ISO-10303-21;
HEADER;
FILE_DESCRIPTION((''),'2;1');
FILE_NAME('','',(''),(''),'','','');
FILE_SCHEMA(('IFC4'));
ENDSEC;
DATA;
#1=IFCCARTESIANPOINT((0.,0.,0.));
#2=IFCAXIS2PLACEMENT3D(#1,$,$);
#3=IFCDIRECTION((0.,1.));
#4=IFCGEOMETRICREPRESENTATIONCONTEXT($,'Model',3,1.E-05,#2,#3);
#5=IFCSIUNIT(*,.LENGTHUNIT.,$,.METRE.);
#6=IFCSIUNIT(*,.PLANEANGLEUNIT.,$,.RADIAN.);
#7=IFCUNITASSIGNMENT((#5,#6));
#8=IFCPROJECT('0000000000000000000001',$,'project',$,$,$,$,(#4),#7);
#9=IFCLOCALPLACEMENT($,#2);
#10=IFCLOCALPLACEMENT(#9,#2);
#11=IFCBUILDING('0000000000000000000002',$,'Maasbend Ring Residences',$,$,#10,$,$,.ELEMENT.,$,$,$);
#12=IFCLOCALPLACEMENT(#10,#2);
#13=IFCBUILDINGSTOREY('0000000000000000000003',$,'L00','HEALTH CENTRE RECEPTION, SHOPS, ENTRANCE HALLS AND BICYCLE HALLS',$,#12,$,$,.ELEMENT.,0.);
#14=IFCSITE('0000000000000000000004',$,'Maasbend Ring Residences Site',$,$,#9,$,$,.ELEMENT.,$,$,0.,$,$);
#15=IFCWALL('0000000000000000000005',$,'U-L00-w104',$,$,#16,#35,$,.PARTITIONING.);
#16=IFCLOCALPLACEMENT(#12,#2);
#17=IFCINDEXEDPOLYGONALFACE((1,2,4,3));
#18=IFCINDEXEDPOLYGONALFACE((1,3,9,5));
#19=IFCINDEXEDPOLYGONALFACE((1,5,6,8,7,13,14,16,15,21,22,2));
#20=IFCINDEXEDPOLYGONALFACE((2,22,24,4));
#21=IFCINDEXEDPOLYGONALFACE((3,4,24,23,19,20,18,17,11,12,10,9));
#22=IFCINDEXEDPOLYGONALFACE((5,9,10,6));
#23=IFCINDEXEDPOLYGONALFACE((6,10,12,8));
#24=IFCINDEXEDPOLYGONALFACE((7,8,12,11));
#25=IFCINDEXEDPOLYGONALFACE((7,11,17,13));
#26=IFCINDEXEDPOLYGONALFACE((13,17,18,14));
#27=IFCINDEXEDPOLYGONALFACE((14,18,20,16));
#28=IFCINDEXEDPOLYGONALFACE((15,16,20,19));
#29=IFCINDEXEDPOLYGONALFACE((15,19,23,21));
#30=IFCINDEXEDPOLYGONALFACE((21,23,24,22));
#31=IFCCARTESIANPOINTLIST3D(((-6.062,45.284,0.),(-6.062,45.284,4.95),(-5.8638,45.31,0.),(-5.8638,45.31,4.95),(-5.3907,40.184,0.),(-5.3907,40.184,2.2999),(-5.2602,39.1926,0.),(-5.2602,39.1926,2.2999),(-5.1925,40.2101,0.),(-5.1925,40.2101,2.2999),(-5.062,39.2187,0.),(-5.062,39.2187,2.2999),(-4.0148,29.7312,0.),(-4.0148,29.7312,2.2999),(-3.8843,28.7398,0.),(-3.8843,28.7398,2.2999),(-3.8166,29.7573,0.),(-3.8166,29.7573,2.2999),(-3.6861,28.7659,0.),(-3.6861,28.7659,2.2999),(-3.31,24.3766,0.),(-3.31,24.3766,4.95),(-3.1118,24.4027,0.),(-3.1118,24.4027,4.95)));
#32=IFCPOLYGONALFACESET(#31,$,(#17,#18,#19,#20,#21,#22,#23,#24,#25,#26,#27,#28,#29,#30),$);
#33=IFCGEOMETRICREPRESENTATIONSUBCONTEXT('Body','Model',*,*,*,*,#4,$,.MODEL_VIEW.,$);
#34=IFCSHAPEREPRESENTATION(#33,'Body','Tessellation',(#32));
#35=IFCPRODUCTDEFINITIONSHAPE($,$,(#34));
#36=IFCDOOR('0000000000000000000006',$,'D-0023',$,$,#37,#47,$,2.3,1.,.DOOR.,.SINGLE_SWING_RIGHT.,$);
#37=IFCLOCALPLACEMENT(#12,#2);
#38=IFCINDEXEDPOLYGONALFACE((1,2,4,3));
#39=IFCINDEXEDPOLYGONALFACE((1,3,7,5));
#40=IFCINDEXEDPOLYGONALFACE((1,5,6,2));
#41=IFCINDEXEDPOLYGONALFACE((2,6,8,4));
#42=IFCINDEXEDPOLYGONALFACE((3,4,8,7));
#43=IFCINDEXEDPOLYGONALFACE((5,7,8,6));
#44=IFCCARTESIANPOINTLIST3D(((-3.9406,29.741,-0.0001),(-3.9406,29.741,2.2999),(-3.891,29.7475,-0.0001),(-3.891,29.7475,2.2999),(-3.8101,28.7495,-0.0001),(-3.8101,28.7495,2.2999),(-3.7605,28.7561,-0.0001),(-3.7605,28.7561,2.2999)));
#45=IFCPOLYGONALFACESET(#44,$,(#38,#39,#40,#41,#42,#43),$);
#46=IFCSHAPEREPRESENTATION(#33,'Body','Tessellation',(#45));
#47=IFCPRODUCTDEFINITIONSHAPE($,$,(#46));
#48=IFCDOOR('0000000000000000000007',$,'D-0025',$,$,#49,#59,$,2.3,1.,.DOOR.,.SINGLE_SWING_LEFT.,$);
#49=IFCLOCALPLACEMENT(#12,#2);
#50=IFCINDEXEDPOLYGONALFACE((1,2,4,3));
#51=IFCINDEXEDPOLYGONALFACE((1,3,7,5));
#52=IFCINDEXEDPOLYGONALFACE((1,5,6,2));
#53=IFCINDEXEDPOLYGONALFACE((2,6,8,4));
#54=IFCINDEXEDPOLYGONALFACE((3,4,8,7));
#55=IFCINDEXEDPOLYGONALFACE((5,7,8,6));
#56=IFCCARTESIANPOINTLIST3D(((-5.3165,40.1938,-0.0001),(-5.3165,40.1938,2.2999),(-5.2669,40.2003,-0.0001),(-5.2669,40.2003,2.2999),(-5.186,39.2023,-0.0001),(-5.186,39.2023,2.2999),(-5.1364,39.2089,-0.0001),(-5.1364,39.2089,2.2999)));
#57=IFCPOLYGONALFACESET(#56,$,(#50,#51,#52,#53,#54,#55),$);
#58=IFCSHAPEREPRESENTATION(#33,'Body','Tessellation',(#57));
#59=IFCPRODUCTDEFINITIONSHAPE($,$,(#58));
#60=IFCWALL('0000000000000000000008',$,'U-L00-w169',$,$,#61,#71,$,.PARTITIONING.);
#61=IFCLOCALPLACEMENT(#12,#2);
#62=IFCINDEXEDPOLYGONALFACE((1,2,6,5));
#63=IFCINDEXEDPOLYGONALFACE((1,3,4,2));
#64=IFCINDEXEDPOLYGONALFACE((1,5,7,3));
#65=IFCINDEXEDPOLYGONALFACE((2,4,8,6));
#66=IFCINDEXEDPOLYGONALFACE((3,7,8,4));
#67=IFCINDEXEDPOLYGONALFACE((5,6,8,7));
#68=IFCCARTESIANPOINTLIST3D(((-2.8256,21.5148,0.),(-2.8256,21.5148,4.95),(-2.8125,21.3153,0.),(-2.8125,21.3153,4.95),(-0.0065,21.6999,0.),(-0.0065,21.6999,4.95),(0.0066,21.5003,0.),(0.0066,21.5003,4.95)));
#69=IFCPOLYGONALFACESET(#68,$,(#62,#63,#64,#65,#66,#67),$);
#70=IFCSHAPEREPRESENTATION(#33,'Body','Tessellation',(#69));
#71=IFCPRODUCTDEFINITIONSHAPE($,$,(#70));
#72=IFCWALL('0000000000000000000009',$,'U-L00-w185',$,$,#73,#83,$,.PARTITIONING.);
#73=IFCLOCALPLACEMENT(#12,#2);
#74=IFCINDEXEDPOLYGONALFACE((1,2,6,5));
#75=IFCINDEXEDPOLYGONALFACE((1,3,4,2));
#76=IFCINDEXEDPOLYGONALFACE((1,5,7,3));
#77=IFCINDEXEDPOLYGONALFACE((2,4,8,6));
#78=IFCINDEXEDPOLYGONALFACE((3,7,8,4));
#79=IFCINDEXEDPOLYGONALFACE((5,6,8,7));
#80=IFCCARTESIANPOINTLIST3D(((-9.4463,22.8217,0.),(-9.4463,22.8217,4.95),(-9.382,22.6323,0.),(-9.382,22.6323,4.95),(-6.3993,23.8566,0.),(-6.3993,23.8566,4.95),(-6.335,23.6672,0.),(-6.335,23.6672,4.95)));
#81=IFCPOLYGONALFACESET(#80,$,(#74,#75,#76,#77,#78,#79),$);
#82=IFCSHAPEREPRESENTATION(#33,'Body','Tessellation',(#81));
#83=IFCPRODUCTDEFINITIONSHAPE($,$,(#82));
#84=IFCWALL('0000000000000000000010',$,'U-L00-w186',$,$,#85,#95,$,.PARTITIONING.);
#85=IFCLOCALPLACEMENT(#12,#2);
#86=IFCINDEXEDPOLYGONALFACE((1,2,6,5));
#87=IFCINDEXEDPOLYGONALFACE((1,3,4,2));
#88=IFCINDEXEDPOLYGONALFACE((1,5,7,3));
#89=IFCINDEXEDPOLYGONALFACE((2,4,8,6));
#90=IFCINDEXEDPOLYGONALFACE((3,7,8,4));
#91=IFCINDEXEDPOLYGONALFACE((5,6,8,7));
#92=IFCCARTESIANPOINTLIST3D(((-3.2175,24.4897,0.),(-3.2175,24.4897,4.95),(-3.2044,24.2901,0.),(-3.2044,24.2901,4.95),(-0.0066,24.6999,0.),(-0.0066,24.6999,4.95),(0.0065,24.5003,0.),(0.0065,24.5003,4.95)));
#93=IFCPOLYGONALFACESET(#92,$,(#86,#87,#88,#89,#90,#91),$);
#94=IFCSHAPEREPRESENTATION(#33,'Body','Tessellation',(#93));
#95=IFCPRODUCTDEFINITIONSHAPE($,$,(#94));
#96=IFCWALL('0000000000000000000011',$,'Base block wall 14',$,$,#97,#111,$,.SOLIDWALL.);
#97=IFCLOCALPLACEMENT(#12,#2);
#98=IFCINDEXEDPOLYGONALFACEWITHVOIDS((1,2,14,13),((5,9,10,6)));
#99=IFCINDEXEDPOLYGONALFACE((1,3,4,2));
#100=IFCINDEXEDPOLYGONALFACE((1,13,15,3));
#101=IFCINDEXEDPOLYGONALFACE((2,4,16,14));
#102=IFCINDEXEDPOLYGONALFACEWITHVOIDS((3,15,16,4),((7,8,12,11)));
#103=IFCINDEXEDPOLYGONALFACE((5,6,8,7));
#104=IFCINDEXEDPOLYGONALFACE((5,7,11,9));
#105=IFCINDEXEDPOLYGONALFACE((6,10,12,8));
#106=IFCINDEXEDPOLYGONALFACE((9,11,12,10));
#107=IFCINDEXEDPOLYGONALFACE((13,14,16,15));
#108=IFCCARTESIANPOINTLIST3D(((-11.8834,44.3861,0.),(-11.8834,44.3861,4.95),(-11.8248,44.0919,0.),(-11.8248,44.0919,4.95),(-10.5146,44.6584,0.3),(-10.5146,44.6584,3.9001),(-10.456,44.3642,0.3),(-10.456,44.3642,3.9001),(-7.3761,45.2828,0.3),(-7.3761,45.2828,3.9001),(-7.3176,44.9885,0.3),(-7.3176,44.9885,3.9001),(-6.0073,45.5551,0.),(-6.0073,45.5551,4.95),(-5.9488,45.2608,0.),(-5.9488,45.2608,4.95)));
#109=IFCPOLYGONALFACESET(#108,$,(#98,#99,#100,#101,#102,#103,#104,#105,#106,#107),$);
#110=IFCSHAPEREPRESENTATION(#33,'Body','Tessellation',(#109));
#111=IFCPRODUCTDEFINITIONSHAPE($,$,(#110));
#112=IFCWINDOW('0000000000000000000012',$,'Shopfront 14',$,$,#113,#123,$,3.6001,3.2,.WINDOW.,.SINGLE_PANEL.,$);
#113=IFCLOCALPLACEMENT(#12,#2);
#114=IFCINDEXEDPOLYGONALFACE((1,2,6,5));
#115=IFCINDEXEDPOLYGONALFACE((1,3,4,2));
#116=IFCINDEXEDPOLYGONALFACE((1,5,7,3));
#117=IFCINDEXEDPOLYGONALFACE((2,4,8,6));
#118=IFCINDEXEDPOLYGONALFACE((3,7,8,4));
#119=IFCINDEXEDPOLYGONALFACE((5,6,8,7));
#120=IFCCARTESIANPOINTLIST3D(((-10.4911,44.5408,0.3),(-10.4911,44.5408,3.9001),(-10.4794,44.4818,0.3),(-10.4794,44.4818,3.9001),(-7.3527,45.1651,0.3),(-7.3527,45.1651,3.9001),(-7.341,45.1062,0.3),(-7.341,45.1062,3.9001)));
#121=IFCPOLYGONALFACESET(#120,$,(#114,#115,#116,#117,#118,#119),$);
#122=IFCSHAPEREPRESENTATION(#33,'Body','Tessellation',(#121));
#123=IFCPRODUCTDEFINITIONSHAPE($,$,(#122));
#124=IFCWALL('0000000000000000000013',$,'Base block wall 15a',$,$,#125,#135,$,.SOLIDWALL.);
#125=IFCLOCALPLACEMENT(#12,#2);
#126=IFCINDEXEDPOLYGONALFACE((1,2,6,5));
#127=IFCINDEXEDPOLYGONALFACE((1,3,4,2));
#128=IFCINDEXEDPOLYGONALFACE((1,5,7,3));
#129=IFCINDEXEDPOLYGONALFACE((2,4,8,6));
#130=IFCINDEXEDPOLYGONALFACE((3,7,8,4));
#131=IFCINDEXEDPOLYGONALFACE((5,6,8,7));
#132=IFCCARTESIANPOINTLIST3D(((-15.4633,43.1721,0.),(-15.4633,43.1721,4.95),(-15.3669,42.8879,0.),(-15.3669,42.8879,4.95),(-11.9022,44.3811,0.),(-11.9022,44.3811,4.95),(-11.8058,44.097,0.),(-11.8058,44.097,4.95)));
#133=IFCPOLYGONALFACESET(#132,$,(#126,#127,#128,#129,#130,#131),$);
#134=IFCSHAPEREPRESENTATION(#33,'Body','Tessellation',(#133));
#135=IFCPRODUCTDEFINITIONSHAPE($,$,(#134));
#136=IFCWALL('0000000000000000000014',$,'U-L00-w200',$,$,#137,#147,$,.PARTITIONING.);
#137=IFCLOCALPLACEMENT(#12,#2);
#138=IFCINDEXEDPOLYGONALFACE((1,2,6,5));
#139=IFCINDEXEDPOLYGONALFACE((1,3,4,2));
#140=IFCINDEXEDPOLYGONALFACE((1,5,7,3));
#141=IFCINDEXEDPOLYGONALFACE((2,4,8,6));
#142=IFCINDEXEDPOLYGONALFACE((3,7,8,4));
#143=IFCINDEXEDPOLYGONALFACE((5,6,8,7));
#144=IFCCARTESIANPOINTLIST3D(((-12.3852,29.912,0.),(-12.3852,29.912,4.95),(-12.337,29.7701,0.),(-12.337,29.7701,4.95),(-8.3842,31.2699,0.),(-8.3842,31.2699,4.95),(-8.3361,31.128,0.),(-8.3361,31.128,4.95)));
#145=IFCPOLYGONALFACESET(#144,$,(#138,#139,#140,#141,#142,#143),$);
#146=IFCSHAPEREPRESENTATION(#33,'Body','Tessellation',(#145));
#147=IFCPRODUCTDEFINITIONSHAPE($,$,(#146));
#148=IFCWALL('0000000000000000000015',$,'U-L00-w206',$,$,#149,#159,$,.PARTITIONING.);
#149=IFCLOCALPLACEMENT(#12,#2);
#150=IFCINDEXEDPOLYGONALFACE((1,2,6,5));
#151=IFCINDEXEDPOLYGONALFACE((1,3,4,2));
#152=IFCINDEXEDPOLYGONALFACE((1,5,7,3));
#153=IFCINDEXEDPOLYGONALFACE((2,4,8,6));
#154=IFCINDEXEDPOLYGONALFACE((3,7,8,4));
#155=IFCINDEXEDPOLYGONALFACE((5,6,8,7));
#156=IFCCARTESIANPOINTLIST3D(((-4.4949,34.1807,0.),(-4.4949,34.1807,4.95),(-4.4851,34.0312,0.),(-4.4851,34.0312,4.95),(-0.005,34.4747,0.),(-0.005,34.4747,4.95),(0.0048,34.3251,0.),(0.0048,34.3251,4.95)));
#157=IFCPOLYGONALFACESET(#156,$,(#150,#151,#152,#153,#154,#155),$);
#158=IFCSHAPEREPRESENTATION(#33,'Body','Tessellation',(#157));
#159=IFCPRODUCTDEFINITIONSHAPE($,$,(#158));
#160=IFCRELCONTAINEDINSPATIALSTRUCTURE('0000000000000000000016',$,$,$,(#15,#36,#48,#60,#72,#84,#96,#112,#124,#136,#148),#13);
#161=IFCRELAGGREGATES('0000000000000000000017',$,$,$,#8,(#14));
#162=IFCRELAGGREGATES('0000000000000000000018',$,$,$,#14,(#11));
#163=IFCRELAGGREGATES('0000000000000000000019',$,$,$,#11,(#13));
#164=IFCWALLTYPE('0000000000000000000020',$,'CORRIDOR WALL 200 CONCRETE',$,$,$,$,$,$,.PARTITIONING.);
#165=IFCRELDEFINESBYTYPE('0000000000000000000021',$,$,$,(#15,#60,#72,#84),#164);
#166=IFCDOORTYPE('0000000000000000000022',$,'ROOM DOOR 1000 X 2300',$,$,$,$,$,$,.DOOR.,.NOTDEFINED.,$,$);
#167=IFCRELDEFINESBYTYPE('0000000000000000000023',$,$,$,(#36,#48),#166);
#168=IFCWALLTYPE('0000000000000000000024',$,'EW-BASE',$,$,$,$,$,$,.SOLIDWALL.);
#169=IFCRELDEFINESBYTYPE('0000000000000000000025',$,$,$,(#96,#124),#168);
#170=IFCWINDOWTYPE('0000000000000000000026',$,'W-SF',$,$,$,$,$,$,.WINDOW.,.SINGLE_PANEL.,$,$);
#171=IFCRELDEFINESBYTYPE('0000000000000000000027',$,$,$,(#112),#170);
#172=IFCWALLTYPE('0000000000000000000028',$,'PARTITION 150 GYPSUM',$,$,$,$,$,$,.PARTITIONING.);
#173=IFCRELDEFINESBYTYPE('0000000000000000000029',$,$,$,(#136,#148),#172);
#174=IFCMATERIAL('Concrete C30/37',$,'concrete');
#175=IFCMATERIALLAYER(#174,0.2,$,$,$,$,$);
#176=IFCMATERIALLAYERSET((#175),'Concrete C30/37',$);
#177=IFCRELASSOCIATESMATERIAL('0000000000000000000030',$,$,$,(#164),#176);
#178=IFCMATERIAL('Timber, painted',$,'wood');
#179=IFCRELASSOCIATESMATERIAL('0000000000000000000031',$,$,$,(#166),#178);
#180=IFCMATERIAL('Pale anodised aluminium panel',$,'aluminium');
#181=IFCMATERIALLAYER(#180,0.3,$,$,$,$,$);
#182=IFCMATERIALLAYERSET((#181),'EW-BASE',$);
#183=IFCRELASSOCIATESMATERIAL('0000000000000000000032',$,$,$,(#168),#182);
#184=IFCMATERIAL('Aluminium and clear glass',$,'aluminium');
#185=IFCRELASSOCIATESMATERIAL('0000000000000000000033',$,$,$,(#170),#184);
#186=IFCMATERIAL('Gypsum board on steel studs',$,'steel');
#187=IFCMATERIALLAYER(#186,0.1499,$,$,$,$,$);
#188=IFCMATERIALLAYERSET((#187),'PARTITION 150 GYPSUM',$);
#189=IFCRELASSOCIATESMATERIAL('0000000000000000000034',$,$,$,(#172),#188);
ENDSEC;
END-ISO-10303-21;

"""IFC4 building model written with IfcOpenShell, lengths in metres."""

from ifc_helpers import new_model, si_unit, direction, frame, frame_2d, origin, place, context, subcontext, project, spatial, rectangle, extrude, material, layer, layer_set, type_object, element, fill, save


model = new_model("IFC4")

# Units and contexts
model_context = context("Model", 3, precision=1e-05, world=origin(), true_north=direction((0.0, 1.0)))
body_context = subcontext(model_context, "Body", "Model", "MODEL_VIEW")
ifc_project = project(units=[si_unit("LENGTHUNIT", "METRE"), si_unit("PLANEANGLEUNIT", "RADIAN")], contexts=[model_context])

# Site, building, storey
site_placement = place(None, origin())
site = spatial("IfcSite", under=ifc_project, at=site_placement, Name="Maasbend Ring Residences Site", CompositionType="ELEMENT", RefElevation=0.0)
building_placement = place(site_placement, origin())
building = spatial("IfcBuilding", under=site, at=building_placement, Name="Maasbend Ring Residences", CompositionType="ELEMENT")
storey_placement = place(building_placement, origin())
storey = spatial("IfcBuildingStorey", under=building, at=storey_placement, Name="L00", Description="HEALTH CENTRE RECEPTION, SHOPS, ENTRANCE HALLS AND BICYCLE HALLS", CompositionType="ELEMENT", Elevation=0.0)

# Shared definitions
ifc_material_1 = material(Name="Concrete C30/37", Category="concrete")
ifc_layer_1 = layer(ifc_material_1, 0.2)
ifc_layer_set_1 = layer_set([ifc_layer_1], Name="Concrete C30/37")
wall_type_1 = type_object("IfcWallType", Name="CORRIDOR WALL 200 CONCRETE", PredefinedType="PARTITIONING", material=ifc_layer_set_1)
ifc_material_2 = material(Name="Timber, painted", Category="wood")
door_type = type_object("IfcDoorType", Name="ROOM DOOR 1000 X 2300", OperationType="NOTDEFINED", PredefinedType="DOOR", material=ifc_material_2)

# Wall, openings, doors
wall_1_placement = place(storey_placement, frame((-5.9629, 45.2971, 0.0), z_axis=(0.0, 0.0, 1.0), x_axis=(0.130501, -0.991448, 0.0)))
wall_1 = element("IfcWall", 1, at=wall_1_placement, inside=storey, type_object=wall_type_1, Name="U-L00-w104", PredefinedType="PARTITIONING", context=body_context, shape_type="SweptSolid", body=[
    extrude(rectangle(XDim=21.0876, YDim=0.2, at=frame_2d((10.5439, 0.0))), origin(), (0.0, 0.0, 1.0), 4.95),
])
opening_1_placement = place(wall_1_placement, frame((15.687, 0.0, 0.0)))
opening_1 = element("IfcOpeningElement", 2, at=opening_1_placement, cuts=wall_1, PredefinedType="OPENING", context=body_context, shape_type="SweptSolid", body=[
    extrude(rectangle(XDim=1.0, YDim=2.3, at=frame_2d((0.5, 1.1499))), frame((0.0, 0.1099, 0.0), z_axis=(0.0, -1.0, 0.0), x_axis=(1.0, 0.0, 0.0)), (0.0, 0.0, 1.0), 0.22),
])
opening_2_placement = place(wall_1_placement, frame((5.144, 0.0, 0.0)))
opening_2 = element("IfcOpeningElement", 3, at=opening_2_placement, cuts=wall_1, PredefinedType="OPENING", context=body_context, shape_type="SweptSolid", body=[
    extrude(rectangle(XDim=1.0, YDim=2.3, at=frame_2d((0.5, 1.1499))), frame((0.0, 0.1099, 0.0), z_axis=(0.0, -1.0, 0.0), x_axis=(1.0, 0.0, 0.0)), (0.0, 0.0, 1.0), 0.22),
])
door_1_placement = place(opening_1_placement, origin())
door_1 = element("IfcDoor", 4, at=door_1_placement, inside=storey, type_object=door_type, Name="D-0023", OperationType="SINGLE_SWING_RIGHT", OverallHeight=2.3, OverallWidth=1.0, PredefinedType="DOOR", context=body_context, shape_type="SweptSolid", body=[
    extrude(rectangle(XDim=1.0, YDim=2.3, at=frame_2d((0.5, 1.1499))), frame((0.0, 0.0249, 0.0), z_axis=(0.0, -1.0, 0.0), x_axis=(1.0, 0.0, 0.0)), (0.0, 0.0, 1.0), 0.05),
])
fill(opening_1, door_1)
door_2_placement = place(opening_2_placement, origin())
door_2 = element("IfcDoor", 5, at=door_2_placement, inside=storey, type_object=door_type, Name="D-0025", OperationType="SINGLE_SWING_LEFT", OverallHeight=2.3, OverallWidth=1.0, PredefinedType="DOOR", context=body_context, shape_type="SweptSolid", body=[
    extrude(rectangle(XDim=1.0, YDim=2.3, at=frame_2d((0.5, 1.1499))), frame((0.0, 0.0249, 0.0), z_axis=(0.0, -1.0, 0.0), x_axis=(1.0, 0.0, 0.0)), (0.0, 0.0, 1.0), 0.05),
])
fill(opening_2, door_2)

# Walls
wall_2_placement = place(storey_placement, frame((-2.8191, 21.415, 0.0), z_axis=(0.0, 0.0, 1.0), x_axis=(0.997852, 0.065504, 0.0)))
element("IfcWall", 6, at=wall_2_placement, inside=storey, type_object=wall_type_1, Name="U-L00-w169", PredefinedType="PARTITIONING", context=body_context, shape_type="SweptSolid", body=[
    extrude(rectangle(XDim=2.8252, YDim=0.2, at=frame_2d((1.4126, 0.0))), origin(), (0.0, 0.0, 1.0), 4.95),
])
wall_3_placement = place(storey_placement, frame((-9.4141, 22.7271, 0.0), z_axis=(0.0, 0.0, 1.0), x_axis=(0.946878, 0.321594, 0.0)))
element("IfcWall", 7, at=wall_3_placement, inside=storey, type_object=wall_type_1, Name="U-L00-w185", PredefinedType="PARTITIONING", context=body_context, shape_type="SweptSolid", body=[
    extrude(rectangle(XDim=3.218, YDim=0.2, at=frame_2d((1.6089, 0.0))), origin(), (0.0, 0.0, 1.0), 4.95),
])
wall_4_placement = place(storey_placement, frame((-3.2109, 24.3899, 0.0), z_axis=(0.0, 0.0, 1.0), x_axis=(0.997864, 0.065325, 0.0)))
element("IfcWall", 8, at=wall_4_placement, inside=storey, type_object=wall_type_1, Name="U-L00-w186", PredefinedType="PARTITIONING", context=body_context, shape_type="SweptSolid", body=[
    extrude(rectangle(XDim=3.2178, YDim=0.2, at=frame_2d((1.6089, 0.0))), origin(), (0.0, 0.0, 1.0), 4.95),
])

# Wall, opening, window
ifc_material_3 = material(Name="Pale anodised aluminium panel", Category="aluminium")
ifc_layer_2 = layer(ifc_material_3, 0.3)
ifc_layer_set_2 = layer_set([ifc_layer_2], Name="EW-BASE")
wall_type_2 = type_object("IfcWallType", Name="EW-BASE", PredefinedType="SOLIDWALL", material=ifc_layer_set_2)
wall_5_placement = place(storey_placement, frame((-5.978, 45.408, 0.0), z_axis=(0.0, 0.0, 1.0), x_axis=(-0.980781, -0.195113, 0.0)))
wall_5 = element("IfcWall", 9, at=wall_5_placement, inside=storey, type_object=wall_type_2, Name="Base block wall 14", PredefinedType="SOLIDWALL", context=body_context, shape_type="SweptSolid", body=[
    extrude(rectangle(XDim=5.9912, YDim=0.3, at=frame_2d((2.9956, 0.0))), origin(), (0.0, 0.0, 1.0), 4.95),
])
opening_3_placement = place(wall_5_placement, frame((1.3955, 0.0, 0.3)))
opening_3 = element("IfcOpeningElement", 10, at=opening_3_placement, cuts=wall_5, PredefinedType="OPENING", context=body_context, shape_type="SweptSolid", body=[
    extrude(rectangle(XDim=3.2, YDim=3.6001, at=frame_2d((1.6001, 1.8))), frame((0.0, 0.1602, 0.0), z_axis=(0.0, -1.0, 0.0), x_axis=(1.0, 0.0, 0.0)), (0.0, 0.0, 1.0), 0.3201),
])
ifc_material_4 = material(Name="Aluminium and clear glass", Category="aluminium")
window_type = type_object("IfcWindowType", Name="W-SF", PartitioningType="SINGLE_PANEL", PredefinedType="WINDOW", material=ifc_material_4)
window_placement = place(opening_3_placement, origin())
window = element("IfcWindow", 11, at=window_placement, inside=storey, type_object=window_type, Name="Shopfront 14", OverallHeight=3.6001, OverallWidth=3.2, PartitioningType="SINGLE_PANEL", PredefinedType="WINDOW", context=body_context, shape_type="SweptSolid", body=[
    extrude(rectangle(XDim=3.2, YDim=3.6001, at=frame_2d((1.6001, 1.8))), frame((0.0, 0.03, 0.0), z_axis=(0.0, -1.0, 0.0), x_axis=(1.0, 0.0, 0.0)), (0.0, 0.0, 1.0), 0.0601),
])
fill(opening_3, window)

# Walls
wall_6_placement = place(storey_placement, frame((-11.854, 44.239, 0.0), z_axis=(0.0, 0.0, 1.0), x_axis=(-0.946916, -0.321481, 0.0)))
element("IfcWall", 12, at=wall_6_placement, inside=storey, type_object=wall_type_2, Name="Base block wall 15a", PredefinedType="SOLIDWALL", context=body_context, shape_type="SweptSolid", body=[
    extrude(rectangle(XDim=3.7607, YDim=0.3, at=frame_2d((1.8804, 0.0))), origin(), (0.0, 0.0, 1.0), 4.95),
])
ifc_material_5 = material(Name="Gypsum board on steel studs", Category="steel")
ifc_layer_3 = layer(ifc_material_5, 0.1499)
ifc_layer_set_3 = layer_set([ifc_layer_3], Name="PARTITION 150 GYPSUM")
wall_type_3 = type_object("IfcWallType", Name="PARTITION 150 GYPSUM", PredefinedType="PARTITIONING", material=ifc_layer_set_3)
wall_7_placement = place(storey_placement, frame((-12.3611, 29.8411, 0.0), z_axis=(0.0, 0.0, 1.0), x_axis=(0.946947, 0.321389, 0.0)))
element("IfcWall", 13, at=wall_7_placement, inside=storey, type_object=wall_type_3, Name="U-L00-w200", PredefinedType="PARTITIONING", context=body_context, shape_type="SweptSolid", body=[
    extrude(rectangle(XDim=4.2251, YDim=0.1499, at=frame_2d((2.1125, 0.0))), origin(), (0.0, 0.0, 1.0), 4.95),
])
wall_8_placement = place(storey_placement, frame((-4.49, 34.106, 0.0), z_axis=(0.0, 0.0, 1.0), x_axis=(0.997864, 0.065327, 0.0)))
element("IfcWall", 14, at=wall_8_placement, inside=storey, type_object=wall_type_3, Name="U-L00-w206", PredefinedType="PARTITIONING", context=body_context, shape_type="SweptSolid", body=[
    extrude(rectangle(XDim=4.4995, YDim=0.1499, at=frame_2d((2.2498, 0.0))), origin(), (0.0, 0.0, 1.0), 4.95),
])

save(model, "model.ifc")
